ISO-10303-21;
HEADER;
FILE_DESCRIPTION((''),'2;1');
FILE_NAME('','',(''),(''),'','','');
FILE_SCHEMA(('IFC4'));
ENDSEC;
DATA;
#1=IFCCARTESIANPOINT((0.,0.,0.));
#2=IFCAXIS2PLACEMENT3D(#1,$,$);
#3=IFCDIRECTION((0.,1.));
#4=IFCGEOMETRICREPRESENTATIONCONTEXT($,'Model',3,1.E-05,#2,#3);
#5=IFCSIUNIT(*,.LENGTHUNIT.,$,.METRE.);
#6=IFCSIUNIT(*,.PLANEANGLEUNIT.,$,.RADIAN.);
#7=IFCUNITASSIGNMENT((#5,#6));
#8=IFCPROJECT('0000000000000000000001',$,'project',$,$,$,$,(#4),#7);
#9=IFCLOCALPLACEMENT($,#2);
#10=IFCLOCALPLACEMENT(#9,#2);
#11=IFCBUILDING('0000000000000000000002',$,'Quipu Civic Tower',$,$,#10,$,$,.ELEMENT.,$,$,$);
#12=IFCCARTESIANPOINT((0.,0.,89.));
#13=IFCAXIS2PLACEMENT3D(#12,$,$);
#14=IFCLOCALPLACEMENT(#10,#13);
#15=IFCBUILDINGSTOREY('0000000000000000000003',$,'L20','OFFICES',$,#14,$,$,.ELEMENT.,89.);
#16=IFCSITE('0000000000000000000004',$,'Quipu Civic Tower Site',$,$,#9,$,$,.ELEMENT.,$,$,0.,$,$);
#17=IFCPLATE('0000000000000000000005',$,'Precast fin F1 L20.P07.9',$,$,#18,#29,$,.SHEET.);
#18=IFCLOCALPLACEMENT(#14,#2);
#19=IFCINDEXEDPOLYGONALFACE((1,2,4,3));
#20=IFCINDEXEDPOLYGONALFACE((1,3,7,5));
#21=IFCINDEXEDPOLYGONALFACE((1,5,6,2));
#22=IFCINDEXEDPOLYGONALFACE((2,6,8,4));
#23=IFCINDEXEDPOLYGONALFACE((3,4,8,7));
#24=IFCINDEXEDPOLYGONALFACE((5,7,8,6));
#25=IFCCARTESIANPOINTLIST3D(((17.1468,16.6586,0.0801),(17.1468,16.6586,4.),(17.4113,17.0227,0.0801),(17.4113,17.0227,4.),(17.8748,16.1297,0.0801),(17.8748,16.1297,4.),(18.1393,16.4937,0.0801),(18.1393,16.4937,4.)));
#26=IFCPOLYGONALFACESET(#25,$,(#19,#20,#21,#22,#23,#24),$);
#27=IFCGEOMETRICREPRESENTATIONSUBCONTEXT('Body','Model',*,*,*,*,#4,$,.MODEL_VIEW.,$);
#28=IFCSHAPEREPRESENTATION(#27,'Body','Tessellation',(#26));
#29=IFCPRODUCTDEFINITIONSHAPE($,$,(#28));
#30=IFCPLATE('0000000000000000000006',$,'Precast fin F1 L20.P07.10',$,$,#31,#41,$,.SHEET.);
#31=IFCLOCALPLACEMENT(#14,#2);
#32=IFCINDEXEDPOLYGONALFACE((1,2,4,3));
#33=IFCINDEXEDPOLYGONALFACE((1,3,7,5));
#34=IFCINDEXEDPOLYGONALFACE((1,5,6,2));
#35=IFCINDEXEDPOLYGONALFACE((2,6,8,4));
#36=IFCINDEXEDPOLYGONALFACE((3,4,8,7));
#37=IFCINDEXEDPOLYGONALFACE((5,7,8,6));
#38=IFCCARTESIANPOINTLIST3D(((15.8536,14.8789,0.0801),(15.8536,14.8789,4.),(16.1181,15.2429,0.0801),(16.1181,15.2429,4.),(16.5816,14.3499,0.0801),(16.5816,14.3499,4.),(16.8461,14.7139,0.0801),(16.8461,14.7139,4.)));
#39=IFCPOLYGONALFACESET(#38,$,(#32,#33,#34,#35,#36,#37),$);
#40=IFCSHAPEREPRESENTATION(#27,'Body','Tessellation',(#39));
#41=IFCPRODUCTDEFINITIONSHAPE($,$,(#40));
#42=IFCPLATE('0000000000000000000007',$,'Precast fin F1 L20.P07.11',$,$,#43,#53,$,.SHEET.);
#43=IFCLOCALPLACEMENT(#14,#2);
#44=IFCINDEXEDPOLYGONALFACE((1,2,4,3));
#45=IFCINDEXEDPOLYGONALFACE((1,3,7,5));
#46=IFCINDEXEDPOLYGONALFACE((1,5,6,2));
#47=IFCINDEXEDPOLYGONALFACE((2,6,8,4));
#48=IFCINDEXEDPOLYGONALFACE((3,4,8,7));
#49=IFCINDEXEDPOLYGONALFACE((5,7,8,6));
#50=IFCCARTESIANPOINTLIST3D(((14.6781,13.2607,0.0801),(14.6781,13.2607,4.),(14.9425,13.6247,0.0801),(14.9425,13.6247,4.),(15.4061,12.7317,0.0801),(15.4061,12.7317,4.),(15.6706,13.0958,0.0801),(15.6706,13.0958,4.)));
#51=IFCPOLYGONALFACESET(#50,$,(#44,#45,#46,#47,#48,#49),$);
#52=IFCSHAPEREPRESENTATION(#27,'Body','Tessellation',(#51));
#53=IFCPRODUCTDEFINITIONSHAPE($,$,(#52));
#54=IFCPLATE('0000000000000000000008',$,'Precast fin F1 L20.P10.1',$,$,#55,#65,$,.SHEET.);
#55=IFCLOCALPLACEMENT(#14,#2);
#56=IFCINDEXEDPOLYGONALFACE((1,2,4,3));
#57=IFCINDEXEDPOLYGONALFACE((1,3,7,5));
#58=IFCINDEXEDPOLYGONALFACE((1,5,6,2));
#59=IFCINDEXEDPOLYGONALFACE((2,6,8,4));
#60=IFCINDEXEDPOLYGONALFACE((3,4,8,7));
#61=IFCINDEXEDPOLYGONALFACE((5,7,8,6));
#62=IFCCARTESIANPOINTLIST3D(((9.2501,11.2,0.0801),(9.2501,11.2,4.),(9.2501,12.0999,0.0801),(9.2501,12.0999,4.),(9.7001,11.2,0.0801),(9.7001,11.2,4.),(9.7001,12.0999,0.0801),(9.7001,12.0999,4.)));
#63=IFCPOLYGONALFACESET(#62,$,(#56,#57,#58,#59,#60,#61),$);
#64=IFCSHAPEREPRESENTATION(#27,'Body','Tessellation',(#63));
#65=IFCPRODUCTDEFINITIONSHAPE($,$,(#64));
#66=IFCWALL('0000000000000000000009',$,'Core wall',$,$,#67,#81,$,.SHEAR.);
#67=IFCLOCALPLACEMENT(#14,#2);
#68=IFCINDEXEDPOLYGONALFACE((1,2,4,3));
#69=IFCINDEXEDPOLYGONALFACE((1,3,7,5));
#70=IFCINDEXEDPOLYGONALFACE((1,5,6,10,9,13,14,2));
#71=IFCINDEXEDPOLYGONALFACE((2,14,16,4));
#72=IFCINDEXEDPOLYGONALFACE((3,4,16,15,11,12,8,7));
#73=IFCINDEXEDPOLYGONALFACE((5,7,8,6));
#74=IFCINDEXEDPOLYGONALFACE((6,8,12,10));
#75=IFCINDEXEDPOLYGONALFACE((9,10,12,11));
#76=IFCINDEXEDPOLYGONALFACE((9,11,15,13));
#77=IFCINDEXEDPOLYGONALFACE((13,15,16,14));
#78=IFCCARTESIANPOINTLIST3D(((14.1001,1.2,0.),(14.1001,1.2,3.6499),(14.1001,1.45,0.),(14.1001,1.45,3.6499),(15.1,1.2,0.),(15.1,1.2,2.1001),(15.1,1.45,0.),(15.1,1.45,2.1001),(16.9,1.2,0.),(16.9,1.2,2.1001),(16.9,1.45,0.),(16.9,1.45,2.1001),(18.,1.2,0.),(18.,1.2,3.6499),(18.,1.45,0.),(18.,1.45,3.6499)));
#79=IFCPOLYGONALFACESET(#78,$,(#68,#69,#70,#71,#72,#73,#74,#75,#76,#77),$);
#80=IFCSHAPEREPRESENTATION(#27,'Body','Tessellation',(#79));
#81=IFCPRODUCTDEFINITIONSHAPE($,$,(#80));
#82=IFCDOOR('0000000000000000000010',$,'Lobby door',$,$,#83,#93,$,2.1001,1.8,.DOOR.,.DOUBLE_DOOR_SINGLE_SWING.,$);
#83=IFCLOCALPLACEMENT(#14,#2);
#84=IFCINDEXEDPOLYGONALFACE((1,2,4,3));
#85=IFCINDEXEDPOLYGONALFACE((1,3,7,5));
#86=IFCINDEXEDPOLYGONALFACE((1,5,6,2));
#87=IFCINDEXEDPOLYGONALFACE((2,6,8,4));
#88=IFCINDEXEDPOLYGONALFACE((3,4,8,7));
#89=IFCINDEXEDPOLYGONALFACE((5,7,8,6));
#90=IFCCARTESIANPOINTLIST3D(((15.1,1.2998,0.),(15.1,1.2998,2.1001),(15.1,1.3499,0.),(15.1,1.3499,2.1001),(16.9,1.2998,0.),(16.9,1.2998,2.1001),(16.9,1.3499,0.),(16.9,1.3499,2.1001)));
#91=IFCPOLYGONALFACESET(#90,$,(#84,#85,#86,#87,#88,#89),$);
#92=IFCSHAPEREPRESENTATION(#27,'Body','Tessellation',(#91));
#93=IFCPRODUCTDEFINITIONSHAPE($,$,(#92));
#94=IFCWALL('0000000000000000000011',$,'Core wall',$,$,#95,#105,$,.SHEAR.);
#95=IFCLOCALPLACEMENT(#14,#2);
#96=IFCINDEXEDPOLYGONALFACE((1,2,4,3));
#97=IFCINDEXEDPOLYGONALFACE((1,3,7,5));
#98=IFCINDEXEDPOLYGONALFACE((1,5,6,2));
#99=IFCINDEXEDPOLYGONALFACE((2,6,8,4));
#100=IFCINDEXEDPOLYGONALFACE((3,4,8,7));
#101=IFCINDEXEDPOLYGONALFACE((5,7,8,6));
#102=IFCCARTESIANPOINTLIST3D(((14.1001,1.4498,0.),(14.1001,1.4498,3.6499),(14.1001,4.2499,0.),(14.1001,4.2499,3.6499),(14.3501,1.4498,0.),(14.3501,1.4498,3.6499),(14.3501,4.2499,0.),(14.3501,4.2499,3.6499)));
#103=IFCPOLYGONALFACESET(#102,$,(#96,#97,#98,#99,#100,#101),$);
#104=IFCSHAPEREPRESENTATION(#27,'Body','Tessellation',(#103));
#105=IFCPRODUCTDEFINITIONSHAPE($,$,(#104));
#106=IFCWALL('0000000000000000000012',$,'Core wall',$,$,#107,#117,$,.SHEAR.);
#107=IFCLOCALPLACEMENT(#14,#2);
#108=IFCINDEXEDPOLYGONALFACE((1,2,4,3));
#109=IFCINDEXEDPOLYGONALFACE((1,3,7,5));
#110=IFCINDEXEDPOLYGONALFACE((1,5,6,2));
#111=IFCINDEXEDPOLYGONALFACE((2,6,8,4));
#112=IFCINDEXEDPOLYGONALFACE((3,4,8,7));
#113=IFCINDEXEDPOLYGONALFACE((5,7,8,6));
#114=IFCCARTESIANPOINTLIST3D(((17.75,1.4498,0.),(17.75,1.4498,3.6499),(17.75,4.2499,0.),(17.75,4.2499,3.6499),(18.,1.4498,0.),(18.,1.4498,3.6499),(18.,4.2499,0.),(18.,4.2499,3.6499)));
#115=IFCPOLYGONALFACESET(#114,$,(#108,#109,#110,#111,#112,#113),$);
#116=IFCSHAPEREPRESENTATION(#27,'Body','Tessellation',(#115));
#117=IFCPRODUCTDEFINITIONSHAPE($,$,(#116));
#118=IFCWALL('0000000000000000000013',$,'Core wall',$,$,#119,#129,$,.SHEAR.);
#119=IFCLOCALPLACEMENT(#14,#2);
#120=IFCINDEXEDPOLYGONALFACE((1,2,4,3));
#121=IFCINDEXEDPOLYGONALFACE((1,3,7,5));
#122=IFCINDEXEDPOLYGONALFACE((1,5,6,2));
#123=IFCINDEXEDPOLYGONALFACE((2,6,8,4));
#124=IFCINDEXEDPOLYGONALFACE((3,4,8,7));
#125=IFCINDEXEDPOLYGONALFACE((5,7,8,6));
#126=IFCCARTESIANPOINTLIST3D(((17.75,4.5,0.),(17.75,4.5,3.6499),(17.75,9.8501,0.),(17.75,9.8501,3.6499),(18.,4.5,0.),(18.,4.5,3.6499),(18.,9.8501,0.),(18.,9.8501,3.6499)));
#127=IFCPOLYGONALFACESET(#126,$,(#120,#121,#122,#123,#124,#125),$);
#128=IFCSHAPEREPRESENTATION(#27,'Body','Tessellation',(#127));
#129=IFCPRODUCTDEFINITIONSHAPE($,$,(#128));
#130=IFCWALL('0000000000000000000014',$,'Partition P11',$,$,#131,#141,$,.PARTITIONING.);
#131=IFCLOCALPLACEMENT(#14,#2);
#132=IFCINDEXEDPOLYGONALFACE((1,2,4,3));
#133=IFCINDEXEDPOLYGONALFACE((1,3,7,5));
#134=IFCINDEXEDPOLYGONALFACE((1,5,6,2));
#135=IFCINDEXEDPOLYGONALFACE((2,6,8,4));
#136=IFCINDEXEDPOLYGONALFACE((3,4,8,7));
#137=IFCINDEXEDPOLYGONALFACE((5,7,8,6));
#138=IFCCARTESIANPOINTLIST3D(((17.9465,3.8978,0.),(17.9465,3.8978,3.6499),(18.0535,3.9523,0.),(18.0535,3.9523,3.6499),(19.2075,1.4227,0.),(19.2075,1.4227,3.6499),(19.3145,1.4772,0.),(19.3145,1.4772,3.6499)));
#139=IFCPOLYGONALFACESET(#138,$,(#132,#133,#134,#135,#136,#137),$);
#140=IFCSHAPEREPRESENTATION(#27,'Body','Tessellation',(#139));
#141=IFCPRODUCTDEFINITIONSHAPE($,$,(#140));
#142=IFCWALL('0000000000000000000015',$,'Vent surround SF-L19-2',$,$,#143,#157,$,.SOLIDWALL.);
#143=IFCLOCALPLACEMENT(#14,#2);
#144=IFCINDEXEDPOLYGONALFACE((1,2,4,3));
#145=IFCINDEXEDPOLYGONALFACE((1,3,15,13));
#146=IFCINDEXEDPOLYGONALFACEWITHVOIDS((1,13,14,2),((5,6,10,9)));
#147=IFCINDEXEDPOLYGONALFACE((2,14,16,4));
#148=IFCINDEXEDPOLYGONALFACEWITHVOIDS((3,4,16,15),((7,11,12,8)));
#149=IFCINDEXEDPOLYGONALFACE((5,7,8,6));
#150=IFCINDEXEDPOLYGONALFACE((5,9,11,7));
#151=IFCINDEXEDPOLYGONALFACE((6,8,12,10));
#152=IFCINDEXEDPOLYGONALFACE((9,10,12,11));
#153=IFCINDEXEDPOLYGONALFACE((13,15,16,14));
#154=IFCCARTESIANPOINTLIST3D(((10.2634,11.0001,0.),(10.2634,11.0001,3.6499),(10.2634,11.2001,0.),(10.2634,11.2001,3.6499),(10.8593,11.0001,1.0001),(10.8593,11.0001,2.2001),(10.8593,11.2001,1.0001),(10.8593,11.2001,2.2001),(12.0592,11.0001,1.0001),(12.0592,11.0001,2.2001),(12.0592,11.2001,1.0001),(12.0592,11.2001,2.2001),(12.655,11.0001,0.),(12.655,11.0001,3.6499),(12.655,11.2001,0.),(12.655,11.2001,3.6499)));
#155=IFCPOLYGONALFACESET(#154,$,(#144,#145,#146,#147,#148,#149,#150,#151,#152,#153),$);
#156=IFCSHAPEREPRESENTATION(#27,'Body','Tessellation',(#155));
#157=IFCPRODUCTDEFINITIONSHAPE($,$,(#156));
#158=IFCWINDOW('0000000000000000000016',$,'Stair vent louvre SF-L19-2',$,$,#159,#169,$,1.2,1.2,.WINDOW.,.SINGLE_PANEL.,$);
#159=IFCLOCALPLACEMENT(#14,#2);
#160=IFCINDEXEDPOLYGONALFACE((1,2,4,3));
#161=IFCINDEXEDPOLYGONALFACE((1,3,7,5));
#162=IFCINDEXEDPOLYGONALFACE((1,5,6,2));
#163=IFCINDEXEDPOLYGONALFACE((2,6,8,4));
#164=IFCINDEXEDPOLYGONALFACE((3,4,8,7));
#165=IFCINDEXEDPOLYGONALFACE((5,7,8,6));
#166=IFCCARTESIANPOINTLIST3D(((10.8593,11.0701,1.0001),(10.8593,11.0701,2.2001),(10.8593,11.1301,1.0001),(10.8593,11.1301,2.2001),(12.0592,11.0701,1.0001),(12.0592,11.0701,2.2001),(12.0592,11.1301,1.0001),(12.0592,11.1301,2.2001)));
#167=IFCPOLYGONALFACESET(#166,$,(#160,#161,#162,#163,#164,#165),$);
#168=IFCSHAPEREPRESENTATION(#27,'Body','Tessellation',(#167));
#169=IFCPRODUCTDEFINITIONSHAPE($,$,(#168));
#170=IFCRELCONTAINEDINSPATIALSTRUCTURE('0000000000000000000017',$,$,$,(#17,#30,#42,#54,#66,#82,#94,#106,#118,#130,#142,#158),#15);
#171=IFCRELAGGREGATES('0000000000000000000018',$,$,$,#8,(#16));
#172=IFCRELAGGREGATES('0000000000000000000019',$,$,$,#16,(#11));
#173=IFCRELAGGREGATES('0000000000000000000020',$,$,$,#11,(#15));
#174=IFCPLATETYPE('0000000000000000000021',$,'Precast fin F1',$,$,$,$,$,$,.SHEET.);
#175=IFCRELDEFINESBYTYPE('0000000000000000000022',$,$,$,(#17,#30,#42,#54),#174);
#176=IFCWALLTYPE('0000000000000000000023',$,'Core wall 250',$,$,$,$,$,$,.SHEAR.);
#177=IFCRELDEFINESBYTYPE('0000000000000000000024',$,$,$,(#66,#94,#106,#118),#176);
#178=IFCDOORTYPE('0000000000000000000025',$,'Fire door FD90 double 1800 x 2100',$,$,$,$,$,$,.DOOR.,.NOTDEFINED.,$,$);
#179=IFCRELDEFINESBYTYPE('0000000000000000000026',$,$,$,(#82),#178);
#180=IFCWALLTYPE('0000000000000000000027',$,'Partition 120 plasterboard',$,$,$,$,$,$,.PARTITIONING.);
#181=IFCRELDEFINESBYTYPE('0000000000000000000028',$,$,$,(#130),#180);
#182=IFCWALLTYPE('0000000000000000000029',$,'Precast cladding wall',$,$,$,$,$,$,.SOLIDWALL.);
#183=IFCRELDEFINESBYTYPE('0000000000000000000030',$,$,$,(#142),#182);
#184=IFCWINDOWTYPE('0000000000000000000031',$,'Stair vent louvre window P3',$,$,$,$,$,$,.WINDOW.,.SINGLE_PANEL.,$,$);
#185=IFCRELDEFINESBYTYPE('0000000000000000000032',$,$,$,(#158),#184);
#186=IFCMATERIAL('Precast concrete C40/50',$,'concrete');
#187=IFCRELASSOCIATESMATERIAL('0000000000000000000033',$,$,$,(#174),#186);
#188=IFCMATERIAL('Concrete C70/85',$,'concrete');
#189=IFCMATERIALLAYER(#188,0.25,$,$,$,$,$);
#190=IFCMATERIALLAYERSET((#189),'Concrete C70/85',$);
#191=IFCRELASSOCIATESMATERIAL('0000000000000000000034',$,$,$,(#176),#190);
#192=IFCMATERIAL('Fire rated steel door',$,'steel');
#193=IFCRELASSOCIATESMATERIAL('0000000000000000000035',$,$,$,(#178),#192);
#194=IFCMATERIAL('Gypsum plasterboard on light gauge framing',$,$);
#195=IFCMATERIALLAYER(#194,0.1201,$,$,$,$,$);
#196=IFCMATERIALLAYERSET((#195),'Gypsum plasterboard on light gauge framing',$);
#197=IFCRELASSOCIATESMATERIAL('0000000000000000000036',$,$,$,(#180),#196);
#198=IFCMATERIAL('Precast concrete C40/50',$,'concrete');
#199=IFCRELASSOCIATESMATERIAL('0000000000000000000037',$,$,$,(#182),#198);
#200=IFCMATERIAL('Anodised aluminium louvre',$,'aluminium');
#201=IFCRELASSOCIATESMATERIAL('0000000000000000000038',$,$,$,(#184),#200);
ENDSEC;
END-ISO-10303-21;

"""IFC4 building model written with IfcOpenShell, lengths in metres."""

from ifc_helpers import new_model, si_unit, direction, frame, frame_2d, origin, origin_2d, place, context, subcontext, project, spatial, rectangle, extrude, material, layer, layer_set, type_object, element, fill, save


model = new_model("IFC4")

# Units and contexts
model_context = context("Model", 3, precision=1e-05, world=origin(), true_north=direction((0.0, 1.0)))
body_context = subcontext(model_context, "Body", "Model", "MODEL_VIEW")
ifc_project = project(units=[si_unit("LENGTHUNIT", "METRE"), si_unit("PLANEANGLEUNIT", "RADIAN")], contexts=[model_context])

# Site, building, storey
site_placement = place(None, origin())
site = spatial("IfcSite", under=ifc_project, at=site_placement, Name="Quipu Civic Tower Site", CompositionType="ELEMENT", RefElevation=0.0)
building_placement = place(site_placement, origin())
building = spatial("IfcBuilding", under=site, at=building_placement, Name="Quipu Civic Tower", CompositionType="ELEMENT")
storey_placement = place(building_placement, frame((0.0, 0.0, 89.0)))
storey = spatial("IfcBuildingStorey", under=building, at=storey_placement, Name="L20", Description="OFFICES", CompositionType="ELEMENT", Elevation=89.0)

# Plates
ifc_material_1 = material(Name="Precast concrete C40/50", Category="concrete")
plate_type_1 = type_object("IfcPlateType", Name="Precast fin F1", PredefinedType="SHEET", material=ifc_material_1)
for number, where, z_axis, x_axis, name in (
    (1, (17.6431, 16.5762, 0.0801), (0.0, 0.0, 1.0), (-0.587787, -0.809016, 0.0), "Precast fin F1 L20.P07.9"),
    (2, (16.3499, 14.7964, 0.0801), (0.0, 0.0, 1.0), (-0.587787, -0.809016, 0.0), "Precast fin F1 L20.P07.10"),
    (3, (15.1743, 13.1782, 0.0801), (0.0, 0.0, 1.0), (-0.587787, -0.809016, 0.0), "Precast fin F1 L20.P07.11"),
    (4, (9.4751, 11.6499, 0.0801), (0.0, 0.0, 1.0), (-1.0, 0.0, 0.0), "Precast fin F1 L20.P10.1"),
):
    element("IfcPlate", number, at=place(storey_placement, frame(where, z_axis=z_axis, x_axis=x_axis)), inside=storey, type_object=plate_type_1, Name=name, PredefinedType="SHEET", context=body_context, shape_type="SweptSolid", body=[
        extrude(rectangle(XDim=0.45, YDim=0.8999, at=origin_2d()), origin(), (0.0, 0.0, 1.0), 3.9199),
    ])

# Wall, opening, door
ifc_material_2 = material(Name="Concrete C70/85", Category="concrete")
ifc_layer_1 = layer(ifc_material_2, 0.25)
ifc_layer_set_1 = layer_set([ifc_layer_1], Name="Concrete C70/85")
wall_type_1 = type_object("IfcWallType", Name="Core wall 250", PredefinedType="SHEAR", material=ifc_layer_set_1)
wall_1_placement = place(storey_placement, frame((14.1001, 1.325, 0.0), z_axis=(0.0, 0.0, 1.0), x_axis=(1.0, 0.0, 0.0)))
wall_1 = element("IfcWall", 5, at=wall_1_placement, inside=storey, type_object=wall_type_1, Name="Core wall", PredefinedType="SHEAR", context=body_context, shape_type="SweptSolid", body=[
    extrude(rectangle(XDim=3.8999, YDim=0.25, at=frame_2d((1.95, 0.0))), origin(), (0.0, 0.0, 1.0), 3.6499),
])
opening_1_placement = place(wall_1_placement, frame((1.0, 0.0, 0.0)))
opening_1 = element("IfcOpeningElement", 6, at=opening_1_placement, cuts=wall_1, PredefinedType="OPENING", context=body_context, shape_type="SweptSolid", body=[
    extrude(rectangle(XDim=1.8, YDim=2.1001, at=frame_2d((0.8999, 1.05))), frame((0.0, 0.135, 0.0), z_axis=(0.0, -1.0, 0.0), x_axis=(1.0, 0.0, 0.0)), (0.0, 0.0, 1.0), 0.27),
])
ifc_material_3 = material(Name="Fire rated steel door", Category="steel")
door_type = type_object("IfcDoorType", Name="Fire door FD90 double 1800 x 2100", OperationType="NOTDEFINED", PredefinedType="DOOR", material=ifc_material_3)
door_placement = place(opening_1_placement, origin())
door = element("IfcDoor", 7, at=door_placement, inside=storey, type_object=door_type, Name="Lobby door", OperationType="DOUBLE_DOOR_SINGLE_SWING", OverallHeight=2.1001, OverallWidth=1.8, PredefinedType="DOOR", context=body_context, shape_type="SweptSolid", body=[
    extrude(rectangle(XDim=1.8, YDim=2.1001, at=frame_2d((0.8999, 1.05))), frame((0.0, 0.0249, 0.0), z_axis=(0.0, -1.0, 0.0), x_axis=(1.0, 0.0, 0.0)), (0.0, 0.0, 1.0), 0.05),
])
fill(opening_1, door)

# Walls
for number, where, z_axis, x_axis, name in (
    (8, (14.2251, 1.45, 0.0), (0.0, 0.0, 1.0), (0.0, 1.0, 0.0), "Core wall"),
    (9, (17.875, 1.45, 0.0), (0.0, 0.0, 1.0), (0.0, 1.0, 0.0), "Core wall"),
):
    element("IfcWall", number, at=place(storey_placement, frame(where, z_axis=z_axis, x_axis=x_axis)), inside=storey, type_object=wall_type_1, Name=name, PredefinedType="SHEAR", context=body_context, shape_type="SweptSolid", body=[
        extrude(rectangle(XDim=2.8, YDim=0.25, at=frame_2d((1.3999, 0.0))), origin(), (0.0, 0.0, 1.0), 3.6499),
    ])
wall_2_placement = place(storey_placement, frame((17.875, 4.5, 0.0), z_axis=(0.0, 0.0, 1.0), x_axis=(0.0, 1.0, 0.0)))
element("IfcWall", 10, at=wall_2_placement, inside=storey, type_object=wall_type_1, Name="Core wall", PredefinedType="SHEAR", context=body_context, shape_type="SweptSolid", body=[
    extrude(rectangle(XDim=5.3501, YDim=0.25, at=frame_2d((2.675, 0.0))), origin(), (0.0, 0.0, 1.0), 3.6499),
])
ifc_material_4 = material(Name="Gypsum plasterboard on light gauge framing")
ifc_layer_2 = layer(ifc_material_4, 0.1201)
ifc_layer_set_2 = layer_set([ifc_layer_2], Name="Gypsum plasterboard on light gauge framing")
wall_type_2 = type_object("IfcWallType", Name="Partition 120 plasterboard", PredefinedType="PARTITIONING", material=ifc_layer_set_2)
wall_3_placement = place(storey_placement, frame((18.0, 3.925, 0.0), z_axis=(0.0, 0.0, 1.0), x_axis=(0.453951, -0.891027, 0.0)))
element("IfcWall", 11, at=wall_3_placement, inside=storey, type_object=wall_type_2, Name="Partition P11", PredefinedType="PARTITIONING", context=body_context, shape_type="SweptSolid", body=[
    extrude(rectangle(XDim=2.7778, YDim=0.1201, at=frame_2d((1.3889, 0.0))), origin(), (0.0, 0.0, 1.0), 3.6499),
])

# Wall, opening, window
ifc_material_5 = material(Name="Precast concrete C40/50", Category="concrete")
wall_type_3 = type_object("IfcWallType", Name="Precast cladding wall", PredefinedType="SOLIDWALL", material=ifc_material_5)
wall_4_placement = place(storey_placement, frame((12.655, 11.1001, 0.0), z_axis=(0.0, 0.0, 1.0), x_axis=(-1.0, 0.0, 0.0)))
wall_4 = element("IfcWall", 12, at=wall_4_placement, inside=storey, type_object=wall_type_3, Name="Vent surround SF-L19-2", PredefinedType="SOLIDWALL", context=body_context, shape_type="SweptSolid", body=[
    extrude(rectangle(XDim=2.3916, YDim=0.2, at=frame_2d((1.1958, 0.0))), origin(), (0.0, 0.0, 1.0), 3.6499),
])
opening_2_placement = place(wall_4_placement, frame((0.5957, 0.0, 1.0)))
opening_2 = element("IfcOpeningElement", 13, at=opening_2_placement, cuts=wall_4, PredefinedType="OPENING", context=body_context, shape_type="SweptSolid", body=[
    extrude(rectangle(XDim=1.2, YDim=1.2, at=frame_2d((0.6001, 0.6001))), frame((0.0, 0.1099, 0.0), z_axis=(0.0, -1.0, 0.0), x_axis=(1.0, 0.0, 0.0)), (0.0, 0.0, 1.0), 0.22),
])
ifc_material_6 = material(Name="Anodised aluminium louvre", Category="aluminium")
window_type = type_object("IfcWindowType", Name="Stair vent louvre window P3", PartitioningType="SINGLE_PANEL", PredefinedType="WINDOW", material=ifc_material_6)
window_placement = place(opening_2_placement, origin())
window = element("IfcWindow", 14, at=window_placement, inside=storey, type_object=window_type, Name="Stair vent louvre SF-L19-2", OverallHeight=1.2, OverallWidth=1.2, PartitioningType="SINGLE_PANEL", PredefinedType="WINDOW", context=body_context, shape_type="SweptSolid", body=[
    extrude(rectangle(XDim=1.2, YDim=1.2, at=frame_2d((0.6001, 0.6001))), frame((0.0, 0.03, 0.0), z_axis=(0.0, -1.0, 0.0), x_axis=(1.0, 0.0, 0.0)), (0.0, 0.0, 1.0), 0.0601),
])
fill(opening_2, window)

save(model, "model.ifc")
